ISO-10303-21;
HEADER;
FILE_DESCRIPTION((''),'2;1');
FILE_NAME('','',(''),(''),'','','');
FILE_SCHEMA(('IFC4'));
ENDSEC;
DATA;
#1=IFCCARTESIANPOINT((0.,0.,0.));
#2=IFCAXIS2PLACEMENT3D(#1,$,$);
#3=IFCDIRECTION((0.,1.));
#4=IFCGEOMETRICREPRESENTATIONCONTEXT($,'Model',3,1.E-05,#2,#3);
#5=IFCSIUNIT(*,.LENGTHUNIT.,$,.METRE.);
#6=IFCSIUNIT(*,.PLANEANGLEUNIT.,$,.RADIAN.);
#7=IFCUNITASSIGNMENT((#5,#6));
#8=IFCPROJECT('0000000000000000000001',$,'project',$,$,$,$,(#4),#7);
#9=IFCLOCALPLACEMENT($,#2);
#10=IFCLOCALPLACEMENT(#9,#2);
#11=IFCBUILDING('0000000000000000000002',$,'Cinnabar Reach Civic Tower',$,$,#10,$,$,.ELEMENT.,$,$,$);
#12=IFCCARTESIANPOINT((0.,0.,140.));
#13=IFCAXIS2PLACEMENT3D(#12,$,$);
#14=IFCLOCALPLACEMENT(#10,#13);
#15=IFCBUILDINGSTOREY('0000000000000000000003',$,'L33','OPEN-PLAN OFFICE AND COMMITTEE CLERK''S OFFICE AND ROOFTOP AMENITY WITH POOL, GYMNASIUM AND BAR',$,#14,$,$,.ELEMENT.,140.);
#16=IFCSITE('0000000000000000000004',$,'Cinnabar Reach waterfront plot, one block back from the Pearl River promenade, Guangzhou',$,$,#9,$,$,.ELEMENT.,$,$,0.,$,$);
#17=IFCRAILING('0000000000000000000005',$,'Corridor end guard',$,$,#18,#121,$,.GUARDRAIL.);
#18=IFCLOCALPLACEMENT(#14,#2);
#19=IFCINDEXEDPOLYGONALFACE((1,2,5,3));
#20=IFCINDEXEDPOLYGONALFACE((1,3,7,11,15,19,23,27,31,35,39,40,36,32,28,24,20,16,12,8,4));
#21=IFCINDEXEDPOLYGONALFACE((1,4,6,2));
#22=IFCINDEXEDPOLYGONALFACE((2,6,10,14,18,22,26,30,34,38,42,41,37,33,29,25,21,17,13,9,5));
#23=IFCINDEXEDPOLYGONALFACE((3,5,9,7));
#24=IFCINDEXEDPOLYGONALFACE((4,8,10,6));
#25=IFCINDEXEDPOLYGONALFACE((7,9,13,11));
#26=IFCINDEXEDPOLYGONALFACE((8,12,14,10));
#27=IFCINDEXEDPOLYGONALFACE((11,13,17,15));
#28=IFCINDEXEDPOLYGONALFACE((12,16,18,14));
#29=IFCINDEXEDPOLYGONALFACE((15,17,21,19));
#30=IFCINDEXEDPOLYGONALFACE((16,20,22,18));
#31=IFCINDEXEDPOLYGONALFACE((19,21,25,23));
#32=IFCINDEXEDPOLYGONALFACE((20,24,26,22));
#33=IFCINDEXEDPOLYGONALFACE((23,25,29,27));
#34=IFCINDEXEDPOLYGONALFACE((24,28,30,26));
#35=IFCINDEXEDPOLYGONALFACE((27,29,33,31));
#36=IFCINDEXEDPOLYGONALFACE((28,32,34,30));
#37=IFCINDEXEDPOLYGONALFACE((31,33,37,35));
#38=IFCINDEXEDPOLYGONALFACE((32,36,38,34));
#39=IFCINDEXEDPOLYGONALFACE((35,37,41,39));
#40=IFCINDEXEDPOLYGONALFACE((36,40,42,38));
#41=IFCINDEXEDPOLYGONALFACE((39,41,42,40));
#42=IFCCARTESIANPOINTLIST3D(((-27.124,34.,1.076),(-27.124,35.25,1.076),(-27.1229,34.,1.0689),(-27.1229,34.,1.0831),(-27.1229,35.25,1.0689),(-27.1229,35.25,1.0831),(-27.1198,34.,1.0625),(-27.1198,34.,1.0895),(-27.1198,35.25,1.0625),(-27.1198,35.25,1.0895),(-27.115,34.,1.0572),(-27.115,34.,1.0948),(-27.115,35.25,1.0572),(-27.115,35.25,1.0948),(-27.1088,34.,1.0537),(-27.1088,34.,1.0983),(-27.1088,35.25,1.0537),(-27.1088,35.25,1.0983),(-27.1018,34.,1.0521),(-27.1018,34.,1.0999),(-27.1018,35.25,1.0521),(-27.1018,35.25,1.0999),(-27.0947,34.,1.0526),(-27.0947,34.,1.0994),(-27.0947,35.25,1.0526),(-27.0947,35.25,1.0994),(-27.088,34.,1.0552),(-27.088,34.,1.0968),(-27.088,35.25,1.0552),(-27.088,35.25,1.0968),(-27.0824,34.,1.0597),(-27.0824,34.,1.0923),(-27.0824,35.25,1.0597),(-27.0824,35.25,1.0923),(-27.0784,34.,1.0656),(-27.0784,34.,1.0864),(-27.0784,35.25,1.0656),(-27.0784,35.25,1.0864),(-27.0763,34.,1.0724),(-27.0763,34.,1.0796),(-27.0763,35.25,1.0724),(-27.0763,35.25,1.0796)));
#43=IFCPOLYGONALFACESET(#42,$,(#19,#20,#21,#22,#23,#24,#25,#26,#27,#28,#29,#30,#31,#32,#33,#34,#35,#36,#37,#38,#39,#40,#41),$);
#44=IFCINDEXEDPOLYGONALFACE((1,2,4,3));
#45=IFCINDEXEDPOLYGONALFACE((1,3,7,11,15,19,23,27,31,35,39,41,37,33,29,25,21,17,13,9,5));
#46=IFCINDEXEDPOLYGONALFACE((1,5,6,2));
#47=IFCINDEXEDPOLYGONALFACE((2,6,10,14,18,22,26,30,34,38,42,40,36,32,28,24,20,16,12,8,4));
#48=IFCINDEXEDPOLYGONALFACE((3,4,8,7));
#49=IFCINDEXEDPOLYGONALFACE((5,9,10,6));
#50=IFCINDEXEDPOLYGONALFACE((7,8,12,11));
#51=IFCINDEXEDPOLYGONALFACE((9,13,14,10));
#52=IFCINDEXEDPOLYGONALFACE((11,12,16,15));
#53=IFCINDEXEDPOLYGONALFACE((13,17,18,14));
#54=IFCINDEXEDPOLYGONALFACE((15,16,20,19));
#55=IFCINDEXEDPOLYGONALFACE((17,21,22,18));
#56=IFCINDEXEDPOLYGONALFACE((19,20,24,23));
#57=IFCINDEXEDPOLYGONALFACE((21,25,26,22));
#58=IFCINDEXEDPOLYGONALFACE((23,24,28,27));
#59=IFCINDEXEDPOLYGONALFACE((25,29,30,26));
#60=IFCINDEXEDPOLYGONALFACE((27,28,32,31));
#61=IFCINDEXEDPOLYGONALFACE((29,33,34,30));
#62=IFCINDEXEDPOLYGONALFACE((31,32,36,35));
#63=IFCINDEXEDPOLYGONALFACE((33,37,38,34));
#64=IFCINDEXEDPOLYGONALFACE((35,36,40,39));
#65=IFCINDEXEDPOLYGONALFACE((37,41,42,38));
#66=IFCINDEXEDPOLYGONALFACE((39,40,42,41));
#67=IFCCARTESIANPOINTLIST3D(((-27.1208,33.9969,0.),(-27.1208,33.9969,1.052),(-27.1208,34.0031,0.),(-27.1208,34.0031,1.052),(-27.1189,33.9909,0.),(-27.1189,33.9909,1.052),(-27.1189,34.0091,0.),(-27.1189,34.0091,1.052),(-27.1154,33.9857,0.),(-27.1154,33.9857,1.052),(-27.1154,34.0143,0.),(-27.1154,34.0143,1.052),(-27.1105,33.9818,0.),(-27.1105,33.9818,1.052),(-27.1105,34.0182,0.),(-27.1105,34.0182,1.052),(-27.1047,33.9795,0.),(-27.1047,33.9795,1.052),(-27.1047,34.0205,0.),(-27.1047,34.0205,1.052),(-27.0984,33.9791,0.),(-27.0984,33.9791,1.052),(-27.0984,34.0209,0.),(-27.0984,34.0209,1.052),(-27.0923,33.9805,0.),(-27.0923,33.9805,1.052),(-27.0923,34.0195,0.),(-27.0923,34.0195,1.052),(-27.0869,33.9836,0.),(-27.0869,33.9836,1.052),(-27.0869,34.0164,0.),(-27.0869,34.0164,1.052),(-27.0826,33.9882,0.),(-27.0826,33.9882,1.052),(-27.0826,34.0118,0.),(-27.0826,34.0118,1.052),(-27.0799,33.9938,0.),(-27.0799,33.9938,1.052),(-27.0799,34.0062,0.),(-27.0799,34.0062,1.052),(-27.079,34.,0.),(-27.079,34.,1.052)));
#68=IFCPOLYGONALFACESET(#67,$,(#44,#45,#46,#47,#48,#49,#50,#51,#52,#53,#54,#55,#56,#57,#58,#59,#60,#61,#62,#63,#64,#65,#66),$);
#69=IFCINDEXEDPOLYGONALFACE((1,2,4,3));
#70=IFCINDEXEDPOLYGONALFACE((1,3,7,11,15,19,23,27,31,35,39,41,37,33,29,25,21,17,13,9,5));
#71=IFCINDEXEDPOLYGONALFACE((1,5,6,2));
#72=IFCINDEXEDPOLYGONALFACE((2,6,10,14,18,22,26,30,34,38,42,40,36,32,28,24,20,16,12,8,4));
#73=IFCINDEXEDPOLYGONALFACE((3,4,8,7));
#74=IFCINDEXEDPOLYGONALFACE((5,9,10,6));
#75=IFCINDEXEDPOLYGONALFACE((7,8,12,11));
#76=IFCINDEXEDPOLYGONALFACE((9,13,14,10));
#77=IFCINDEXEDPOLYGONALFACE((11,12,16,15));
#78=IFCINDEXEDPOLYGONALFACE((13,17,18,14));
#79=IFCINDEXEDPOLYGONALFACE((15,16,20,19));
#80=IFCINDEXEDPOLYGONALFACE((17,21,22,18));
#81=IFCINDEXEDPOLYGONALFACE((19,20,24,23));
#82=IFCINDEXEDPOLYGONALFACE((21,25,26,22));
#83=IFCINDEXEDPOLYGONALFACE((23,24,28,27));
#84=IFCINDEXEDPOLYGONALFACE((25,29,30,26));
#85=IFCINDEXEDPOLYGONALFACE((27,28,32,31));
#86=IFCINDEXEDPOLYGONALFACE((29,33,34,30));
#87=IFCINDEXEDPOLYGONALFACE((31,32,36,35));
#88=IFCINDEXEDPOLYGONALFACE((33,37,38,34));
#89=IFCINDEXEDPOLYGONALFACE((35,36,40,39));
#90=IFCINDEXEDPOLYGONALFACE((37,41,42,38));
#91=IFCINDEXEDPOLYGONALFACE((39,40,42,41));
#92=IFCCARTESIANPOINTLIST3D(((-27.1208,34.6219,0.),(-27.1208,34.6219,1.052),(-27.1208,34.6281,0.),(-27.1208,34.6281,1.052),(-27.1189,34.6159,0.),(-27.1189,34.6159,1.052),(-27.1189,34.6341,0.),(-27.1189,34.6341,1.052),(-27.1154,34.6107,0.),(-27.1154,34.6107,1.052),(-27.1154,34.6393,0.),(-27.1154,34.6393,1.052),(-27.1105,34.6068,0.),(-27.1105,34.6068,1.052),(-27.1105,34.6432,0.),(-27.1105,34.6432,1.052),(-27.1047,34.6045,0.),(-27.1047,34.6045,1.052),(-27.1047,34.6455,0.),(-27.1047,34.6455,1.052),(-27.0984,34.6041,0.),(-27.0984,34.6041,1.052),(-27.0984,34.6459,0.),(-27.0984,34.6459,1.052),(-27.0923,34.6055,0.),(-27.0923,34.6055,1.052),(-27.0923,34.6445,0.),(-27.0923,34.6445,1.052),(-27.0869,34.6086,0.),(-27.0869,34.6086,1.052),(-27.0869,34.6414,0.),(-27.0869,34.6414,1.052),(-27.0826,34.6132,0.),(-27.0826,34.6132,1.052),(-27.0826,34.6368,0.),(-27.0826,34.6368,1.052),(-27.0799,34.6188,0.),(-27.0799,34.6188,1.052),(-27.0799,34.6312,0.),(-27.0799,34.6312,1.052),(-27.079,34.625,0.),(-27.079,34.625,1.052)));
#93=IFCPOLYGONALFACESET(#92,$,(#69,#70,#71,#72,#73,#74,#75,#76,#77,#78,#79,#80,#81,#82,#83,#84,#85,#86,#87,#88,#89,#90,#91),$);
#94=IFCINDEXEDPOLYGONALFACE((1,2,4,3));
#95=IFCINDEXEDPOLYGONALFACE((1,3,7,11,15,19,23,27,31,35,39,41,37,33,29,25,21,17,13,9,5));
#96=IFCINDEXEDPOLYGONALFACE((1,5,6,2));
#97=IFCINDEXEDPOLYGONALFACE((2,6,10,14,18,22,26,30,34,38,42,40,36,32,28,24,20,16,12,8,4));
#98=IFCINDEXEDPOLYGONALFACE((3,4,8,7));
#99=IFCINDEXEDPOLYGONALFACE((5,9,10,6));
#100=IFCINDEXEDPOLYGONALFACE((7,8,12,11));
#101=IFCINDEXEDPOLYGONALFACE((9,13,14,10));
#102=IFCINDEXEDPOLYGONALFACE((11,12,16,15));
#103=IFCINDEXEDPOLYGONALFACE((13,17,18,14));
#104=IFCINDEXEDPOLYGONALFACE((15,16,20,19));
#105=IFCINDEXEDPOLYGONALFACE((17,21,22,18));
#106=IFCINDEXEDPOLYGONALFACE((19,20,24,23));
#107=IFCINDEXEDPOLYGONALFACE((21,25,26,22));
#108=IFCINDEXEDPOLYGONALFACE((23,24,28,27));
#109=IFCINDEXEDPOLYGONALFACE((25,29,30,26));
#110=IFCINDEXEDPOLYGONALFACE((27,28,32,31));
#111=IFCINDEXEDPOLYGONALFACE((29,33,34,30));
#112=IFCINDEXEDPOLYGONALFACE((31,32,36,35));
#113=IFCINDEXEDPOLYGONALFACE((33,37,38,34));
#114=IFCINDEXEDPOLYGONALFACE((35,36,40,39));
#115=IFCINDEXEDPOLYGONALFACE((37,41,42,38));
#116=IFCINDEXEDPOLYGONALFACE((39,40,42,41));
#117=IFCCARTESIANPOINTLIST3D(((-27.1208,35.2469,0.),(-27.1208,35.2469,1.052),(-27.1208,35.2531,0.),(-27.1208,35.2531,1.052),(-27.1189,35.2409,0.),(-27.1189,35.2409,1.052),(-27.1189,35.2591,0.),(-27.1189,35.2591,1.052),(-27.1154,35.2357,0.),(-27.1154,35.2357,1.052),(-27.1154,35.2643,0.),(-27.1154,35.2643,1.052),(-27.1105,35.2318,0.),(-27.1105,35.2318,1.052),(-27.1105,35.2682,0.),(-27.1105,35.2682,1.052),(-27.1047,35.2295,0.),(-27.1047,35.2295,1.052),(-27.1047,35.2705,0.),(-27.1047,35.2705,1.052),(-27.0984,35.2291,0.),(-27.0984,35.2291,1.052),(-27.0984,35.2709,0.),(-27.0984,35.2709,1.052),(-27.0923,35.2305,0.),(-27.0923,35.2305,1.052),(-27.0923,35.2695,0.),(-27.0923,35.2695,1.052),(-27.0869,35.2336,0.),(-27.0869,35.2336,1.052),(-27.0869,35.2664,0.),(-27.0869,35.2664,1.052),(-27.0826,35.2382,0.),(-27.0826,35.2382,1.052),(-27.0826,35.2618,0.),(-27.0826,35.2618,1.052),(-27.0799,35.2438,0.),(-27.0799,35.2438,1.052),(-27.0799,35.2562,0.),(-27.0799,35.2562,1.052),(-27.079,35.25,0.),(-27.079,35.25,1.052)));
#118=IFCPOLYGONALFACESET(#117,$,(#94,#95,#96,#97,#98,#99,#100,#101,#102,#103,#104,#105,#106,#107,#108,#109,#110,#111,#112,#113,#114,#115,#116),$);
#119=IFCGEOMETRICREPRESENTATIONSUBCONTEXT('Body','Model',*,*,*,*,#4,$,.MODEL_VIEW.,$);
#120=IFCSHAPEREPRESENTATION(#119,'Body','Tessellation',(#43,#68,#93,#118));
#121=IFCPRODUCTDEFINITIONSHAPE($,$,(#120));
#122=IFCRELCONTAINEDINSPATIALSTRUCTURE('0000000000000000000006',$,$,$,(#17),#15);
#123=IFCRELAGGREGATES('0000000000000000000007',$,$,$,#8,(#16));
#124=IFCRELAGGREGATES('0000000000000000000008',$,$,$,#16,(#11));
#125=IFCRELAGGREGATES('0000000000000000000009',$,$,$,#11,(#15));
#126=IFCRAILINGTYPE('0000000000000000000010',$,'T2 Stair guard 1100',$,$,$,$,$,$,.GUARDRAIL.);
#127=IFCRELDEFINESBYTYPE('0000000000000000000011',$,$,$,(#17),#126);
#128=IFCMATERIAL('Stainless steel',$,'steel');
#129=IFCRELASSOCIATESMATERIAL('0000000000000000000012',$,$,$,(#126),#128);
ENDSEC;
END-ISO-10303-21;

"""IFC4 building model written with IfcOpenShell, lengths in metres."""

from ifc_helpers import new_model, si_unit, direction, frame, origin, origin_2d, place, context, subcontext, project, spatial, circle, extrude, material, type_object, element, save


model = new_model("IFC4")

# Units and contexts
model_context = context("Model", 3, precision=1e-05, world=origin(), true_north=direction((0.0, 1.0)))
body_context = subcontext(model_context, "Body", "Model", "MODEL_VIEW")
ifc_project = project(units=[si_unit("LENGTHUNIT", "METRE"), si_unit("PLANEANGLEUNIT", "RADIAN")], contexts=[model_context])

# Site, building, storey
site_placement = place(None, origin())
site = spatial("IfcSite", under=ifc_project, at=site_placement, Name="Cinnabar Reach waterfront plot, one block back from the Pearl River promenade, Guangzhou", CompositionType="ELEMENT", RefElevation=0.0)
building_placement = place(site_placement, origin())
building = spatial("IfcBuilding", under=site, at=building_placement, Name="Cinnabar Reach Civic Tower", CompositionType="ELEMENT")
storey_placement = place(building_placement, frame((0.0, 0.0, 140.0)))
storey = spatial("IfcBuildingStorey", under=building, at=storey_placement, Name="L33", Description="OPEN-PLAN OFFICE AND COMMITTEE CLERK'S OFFICE AND ROOFTOP AMENITY WITH POOL, GYMNASIUM AND BAR", CompositionType="ELEMENT", Elevation=140.0)

# Railing
ifc_material_1 = material(Name="Stainless steel", Category="steel")
railing_type = type_object("IfcRailingType", Name="T2 Stair guard 1100", PredefinedType="GUARDRAIL", material=ifc_material_1)
railing_placement = place(storey_placement, frame((-27.1, 34.0, 0.0)))
element("IfcRailing", 1, at=railing_placement, inside=storey, type_object=railing_type, Name="Corridor end guard", PredefinedType="GUARDRAIL", context=body_context, shape_type="SweptSolid", body=[
    extrude(circle(Radius=0.024, at=origin_2d()), frame((0.0, 0.0, 1.076), z_axis=(0.0, 1.0, 0.0), x_axis=(-1.0, 0.0, 0.0)), (0.0, 0.0, 1.0), 1.25),
    extrude(circle(Radius=0.021, at=origin_2d()), origin(), (0.0, 0.0, 1.0), 1.052),
    extrude(circle(Radius=0.021, at=origin_2d()), frame((0.0, 0.625, 0.0)), (0.0, 0.0, 1.0), 1.052),
    extrude(circle(Radius=0.021, at=origin_2d()), frame((0.0, 1.25, 0.0)), (0.0, 0.0, 1.0), 1.052),
])

save(model, "model.ifc")
